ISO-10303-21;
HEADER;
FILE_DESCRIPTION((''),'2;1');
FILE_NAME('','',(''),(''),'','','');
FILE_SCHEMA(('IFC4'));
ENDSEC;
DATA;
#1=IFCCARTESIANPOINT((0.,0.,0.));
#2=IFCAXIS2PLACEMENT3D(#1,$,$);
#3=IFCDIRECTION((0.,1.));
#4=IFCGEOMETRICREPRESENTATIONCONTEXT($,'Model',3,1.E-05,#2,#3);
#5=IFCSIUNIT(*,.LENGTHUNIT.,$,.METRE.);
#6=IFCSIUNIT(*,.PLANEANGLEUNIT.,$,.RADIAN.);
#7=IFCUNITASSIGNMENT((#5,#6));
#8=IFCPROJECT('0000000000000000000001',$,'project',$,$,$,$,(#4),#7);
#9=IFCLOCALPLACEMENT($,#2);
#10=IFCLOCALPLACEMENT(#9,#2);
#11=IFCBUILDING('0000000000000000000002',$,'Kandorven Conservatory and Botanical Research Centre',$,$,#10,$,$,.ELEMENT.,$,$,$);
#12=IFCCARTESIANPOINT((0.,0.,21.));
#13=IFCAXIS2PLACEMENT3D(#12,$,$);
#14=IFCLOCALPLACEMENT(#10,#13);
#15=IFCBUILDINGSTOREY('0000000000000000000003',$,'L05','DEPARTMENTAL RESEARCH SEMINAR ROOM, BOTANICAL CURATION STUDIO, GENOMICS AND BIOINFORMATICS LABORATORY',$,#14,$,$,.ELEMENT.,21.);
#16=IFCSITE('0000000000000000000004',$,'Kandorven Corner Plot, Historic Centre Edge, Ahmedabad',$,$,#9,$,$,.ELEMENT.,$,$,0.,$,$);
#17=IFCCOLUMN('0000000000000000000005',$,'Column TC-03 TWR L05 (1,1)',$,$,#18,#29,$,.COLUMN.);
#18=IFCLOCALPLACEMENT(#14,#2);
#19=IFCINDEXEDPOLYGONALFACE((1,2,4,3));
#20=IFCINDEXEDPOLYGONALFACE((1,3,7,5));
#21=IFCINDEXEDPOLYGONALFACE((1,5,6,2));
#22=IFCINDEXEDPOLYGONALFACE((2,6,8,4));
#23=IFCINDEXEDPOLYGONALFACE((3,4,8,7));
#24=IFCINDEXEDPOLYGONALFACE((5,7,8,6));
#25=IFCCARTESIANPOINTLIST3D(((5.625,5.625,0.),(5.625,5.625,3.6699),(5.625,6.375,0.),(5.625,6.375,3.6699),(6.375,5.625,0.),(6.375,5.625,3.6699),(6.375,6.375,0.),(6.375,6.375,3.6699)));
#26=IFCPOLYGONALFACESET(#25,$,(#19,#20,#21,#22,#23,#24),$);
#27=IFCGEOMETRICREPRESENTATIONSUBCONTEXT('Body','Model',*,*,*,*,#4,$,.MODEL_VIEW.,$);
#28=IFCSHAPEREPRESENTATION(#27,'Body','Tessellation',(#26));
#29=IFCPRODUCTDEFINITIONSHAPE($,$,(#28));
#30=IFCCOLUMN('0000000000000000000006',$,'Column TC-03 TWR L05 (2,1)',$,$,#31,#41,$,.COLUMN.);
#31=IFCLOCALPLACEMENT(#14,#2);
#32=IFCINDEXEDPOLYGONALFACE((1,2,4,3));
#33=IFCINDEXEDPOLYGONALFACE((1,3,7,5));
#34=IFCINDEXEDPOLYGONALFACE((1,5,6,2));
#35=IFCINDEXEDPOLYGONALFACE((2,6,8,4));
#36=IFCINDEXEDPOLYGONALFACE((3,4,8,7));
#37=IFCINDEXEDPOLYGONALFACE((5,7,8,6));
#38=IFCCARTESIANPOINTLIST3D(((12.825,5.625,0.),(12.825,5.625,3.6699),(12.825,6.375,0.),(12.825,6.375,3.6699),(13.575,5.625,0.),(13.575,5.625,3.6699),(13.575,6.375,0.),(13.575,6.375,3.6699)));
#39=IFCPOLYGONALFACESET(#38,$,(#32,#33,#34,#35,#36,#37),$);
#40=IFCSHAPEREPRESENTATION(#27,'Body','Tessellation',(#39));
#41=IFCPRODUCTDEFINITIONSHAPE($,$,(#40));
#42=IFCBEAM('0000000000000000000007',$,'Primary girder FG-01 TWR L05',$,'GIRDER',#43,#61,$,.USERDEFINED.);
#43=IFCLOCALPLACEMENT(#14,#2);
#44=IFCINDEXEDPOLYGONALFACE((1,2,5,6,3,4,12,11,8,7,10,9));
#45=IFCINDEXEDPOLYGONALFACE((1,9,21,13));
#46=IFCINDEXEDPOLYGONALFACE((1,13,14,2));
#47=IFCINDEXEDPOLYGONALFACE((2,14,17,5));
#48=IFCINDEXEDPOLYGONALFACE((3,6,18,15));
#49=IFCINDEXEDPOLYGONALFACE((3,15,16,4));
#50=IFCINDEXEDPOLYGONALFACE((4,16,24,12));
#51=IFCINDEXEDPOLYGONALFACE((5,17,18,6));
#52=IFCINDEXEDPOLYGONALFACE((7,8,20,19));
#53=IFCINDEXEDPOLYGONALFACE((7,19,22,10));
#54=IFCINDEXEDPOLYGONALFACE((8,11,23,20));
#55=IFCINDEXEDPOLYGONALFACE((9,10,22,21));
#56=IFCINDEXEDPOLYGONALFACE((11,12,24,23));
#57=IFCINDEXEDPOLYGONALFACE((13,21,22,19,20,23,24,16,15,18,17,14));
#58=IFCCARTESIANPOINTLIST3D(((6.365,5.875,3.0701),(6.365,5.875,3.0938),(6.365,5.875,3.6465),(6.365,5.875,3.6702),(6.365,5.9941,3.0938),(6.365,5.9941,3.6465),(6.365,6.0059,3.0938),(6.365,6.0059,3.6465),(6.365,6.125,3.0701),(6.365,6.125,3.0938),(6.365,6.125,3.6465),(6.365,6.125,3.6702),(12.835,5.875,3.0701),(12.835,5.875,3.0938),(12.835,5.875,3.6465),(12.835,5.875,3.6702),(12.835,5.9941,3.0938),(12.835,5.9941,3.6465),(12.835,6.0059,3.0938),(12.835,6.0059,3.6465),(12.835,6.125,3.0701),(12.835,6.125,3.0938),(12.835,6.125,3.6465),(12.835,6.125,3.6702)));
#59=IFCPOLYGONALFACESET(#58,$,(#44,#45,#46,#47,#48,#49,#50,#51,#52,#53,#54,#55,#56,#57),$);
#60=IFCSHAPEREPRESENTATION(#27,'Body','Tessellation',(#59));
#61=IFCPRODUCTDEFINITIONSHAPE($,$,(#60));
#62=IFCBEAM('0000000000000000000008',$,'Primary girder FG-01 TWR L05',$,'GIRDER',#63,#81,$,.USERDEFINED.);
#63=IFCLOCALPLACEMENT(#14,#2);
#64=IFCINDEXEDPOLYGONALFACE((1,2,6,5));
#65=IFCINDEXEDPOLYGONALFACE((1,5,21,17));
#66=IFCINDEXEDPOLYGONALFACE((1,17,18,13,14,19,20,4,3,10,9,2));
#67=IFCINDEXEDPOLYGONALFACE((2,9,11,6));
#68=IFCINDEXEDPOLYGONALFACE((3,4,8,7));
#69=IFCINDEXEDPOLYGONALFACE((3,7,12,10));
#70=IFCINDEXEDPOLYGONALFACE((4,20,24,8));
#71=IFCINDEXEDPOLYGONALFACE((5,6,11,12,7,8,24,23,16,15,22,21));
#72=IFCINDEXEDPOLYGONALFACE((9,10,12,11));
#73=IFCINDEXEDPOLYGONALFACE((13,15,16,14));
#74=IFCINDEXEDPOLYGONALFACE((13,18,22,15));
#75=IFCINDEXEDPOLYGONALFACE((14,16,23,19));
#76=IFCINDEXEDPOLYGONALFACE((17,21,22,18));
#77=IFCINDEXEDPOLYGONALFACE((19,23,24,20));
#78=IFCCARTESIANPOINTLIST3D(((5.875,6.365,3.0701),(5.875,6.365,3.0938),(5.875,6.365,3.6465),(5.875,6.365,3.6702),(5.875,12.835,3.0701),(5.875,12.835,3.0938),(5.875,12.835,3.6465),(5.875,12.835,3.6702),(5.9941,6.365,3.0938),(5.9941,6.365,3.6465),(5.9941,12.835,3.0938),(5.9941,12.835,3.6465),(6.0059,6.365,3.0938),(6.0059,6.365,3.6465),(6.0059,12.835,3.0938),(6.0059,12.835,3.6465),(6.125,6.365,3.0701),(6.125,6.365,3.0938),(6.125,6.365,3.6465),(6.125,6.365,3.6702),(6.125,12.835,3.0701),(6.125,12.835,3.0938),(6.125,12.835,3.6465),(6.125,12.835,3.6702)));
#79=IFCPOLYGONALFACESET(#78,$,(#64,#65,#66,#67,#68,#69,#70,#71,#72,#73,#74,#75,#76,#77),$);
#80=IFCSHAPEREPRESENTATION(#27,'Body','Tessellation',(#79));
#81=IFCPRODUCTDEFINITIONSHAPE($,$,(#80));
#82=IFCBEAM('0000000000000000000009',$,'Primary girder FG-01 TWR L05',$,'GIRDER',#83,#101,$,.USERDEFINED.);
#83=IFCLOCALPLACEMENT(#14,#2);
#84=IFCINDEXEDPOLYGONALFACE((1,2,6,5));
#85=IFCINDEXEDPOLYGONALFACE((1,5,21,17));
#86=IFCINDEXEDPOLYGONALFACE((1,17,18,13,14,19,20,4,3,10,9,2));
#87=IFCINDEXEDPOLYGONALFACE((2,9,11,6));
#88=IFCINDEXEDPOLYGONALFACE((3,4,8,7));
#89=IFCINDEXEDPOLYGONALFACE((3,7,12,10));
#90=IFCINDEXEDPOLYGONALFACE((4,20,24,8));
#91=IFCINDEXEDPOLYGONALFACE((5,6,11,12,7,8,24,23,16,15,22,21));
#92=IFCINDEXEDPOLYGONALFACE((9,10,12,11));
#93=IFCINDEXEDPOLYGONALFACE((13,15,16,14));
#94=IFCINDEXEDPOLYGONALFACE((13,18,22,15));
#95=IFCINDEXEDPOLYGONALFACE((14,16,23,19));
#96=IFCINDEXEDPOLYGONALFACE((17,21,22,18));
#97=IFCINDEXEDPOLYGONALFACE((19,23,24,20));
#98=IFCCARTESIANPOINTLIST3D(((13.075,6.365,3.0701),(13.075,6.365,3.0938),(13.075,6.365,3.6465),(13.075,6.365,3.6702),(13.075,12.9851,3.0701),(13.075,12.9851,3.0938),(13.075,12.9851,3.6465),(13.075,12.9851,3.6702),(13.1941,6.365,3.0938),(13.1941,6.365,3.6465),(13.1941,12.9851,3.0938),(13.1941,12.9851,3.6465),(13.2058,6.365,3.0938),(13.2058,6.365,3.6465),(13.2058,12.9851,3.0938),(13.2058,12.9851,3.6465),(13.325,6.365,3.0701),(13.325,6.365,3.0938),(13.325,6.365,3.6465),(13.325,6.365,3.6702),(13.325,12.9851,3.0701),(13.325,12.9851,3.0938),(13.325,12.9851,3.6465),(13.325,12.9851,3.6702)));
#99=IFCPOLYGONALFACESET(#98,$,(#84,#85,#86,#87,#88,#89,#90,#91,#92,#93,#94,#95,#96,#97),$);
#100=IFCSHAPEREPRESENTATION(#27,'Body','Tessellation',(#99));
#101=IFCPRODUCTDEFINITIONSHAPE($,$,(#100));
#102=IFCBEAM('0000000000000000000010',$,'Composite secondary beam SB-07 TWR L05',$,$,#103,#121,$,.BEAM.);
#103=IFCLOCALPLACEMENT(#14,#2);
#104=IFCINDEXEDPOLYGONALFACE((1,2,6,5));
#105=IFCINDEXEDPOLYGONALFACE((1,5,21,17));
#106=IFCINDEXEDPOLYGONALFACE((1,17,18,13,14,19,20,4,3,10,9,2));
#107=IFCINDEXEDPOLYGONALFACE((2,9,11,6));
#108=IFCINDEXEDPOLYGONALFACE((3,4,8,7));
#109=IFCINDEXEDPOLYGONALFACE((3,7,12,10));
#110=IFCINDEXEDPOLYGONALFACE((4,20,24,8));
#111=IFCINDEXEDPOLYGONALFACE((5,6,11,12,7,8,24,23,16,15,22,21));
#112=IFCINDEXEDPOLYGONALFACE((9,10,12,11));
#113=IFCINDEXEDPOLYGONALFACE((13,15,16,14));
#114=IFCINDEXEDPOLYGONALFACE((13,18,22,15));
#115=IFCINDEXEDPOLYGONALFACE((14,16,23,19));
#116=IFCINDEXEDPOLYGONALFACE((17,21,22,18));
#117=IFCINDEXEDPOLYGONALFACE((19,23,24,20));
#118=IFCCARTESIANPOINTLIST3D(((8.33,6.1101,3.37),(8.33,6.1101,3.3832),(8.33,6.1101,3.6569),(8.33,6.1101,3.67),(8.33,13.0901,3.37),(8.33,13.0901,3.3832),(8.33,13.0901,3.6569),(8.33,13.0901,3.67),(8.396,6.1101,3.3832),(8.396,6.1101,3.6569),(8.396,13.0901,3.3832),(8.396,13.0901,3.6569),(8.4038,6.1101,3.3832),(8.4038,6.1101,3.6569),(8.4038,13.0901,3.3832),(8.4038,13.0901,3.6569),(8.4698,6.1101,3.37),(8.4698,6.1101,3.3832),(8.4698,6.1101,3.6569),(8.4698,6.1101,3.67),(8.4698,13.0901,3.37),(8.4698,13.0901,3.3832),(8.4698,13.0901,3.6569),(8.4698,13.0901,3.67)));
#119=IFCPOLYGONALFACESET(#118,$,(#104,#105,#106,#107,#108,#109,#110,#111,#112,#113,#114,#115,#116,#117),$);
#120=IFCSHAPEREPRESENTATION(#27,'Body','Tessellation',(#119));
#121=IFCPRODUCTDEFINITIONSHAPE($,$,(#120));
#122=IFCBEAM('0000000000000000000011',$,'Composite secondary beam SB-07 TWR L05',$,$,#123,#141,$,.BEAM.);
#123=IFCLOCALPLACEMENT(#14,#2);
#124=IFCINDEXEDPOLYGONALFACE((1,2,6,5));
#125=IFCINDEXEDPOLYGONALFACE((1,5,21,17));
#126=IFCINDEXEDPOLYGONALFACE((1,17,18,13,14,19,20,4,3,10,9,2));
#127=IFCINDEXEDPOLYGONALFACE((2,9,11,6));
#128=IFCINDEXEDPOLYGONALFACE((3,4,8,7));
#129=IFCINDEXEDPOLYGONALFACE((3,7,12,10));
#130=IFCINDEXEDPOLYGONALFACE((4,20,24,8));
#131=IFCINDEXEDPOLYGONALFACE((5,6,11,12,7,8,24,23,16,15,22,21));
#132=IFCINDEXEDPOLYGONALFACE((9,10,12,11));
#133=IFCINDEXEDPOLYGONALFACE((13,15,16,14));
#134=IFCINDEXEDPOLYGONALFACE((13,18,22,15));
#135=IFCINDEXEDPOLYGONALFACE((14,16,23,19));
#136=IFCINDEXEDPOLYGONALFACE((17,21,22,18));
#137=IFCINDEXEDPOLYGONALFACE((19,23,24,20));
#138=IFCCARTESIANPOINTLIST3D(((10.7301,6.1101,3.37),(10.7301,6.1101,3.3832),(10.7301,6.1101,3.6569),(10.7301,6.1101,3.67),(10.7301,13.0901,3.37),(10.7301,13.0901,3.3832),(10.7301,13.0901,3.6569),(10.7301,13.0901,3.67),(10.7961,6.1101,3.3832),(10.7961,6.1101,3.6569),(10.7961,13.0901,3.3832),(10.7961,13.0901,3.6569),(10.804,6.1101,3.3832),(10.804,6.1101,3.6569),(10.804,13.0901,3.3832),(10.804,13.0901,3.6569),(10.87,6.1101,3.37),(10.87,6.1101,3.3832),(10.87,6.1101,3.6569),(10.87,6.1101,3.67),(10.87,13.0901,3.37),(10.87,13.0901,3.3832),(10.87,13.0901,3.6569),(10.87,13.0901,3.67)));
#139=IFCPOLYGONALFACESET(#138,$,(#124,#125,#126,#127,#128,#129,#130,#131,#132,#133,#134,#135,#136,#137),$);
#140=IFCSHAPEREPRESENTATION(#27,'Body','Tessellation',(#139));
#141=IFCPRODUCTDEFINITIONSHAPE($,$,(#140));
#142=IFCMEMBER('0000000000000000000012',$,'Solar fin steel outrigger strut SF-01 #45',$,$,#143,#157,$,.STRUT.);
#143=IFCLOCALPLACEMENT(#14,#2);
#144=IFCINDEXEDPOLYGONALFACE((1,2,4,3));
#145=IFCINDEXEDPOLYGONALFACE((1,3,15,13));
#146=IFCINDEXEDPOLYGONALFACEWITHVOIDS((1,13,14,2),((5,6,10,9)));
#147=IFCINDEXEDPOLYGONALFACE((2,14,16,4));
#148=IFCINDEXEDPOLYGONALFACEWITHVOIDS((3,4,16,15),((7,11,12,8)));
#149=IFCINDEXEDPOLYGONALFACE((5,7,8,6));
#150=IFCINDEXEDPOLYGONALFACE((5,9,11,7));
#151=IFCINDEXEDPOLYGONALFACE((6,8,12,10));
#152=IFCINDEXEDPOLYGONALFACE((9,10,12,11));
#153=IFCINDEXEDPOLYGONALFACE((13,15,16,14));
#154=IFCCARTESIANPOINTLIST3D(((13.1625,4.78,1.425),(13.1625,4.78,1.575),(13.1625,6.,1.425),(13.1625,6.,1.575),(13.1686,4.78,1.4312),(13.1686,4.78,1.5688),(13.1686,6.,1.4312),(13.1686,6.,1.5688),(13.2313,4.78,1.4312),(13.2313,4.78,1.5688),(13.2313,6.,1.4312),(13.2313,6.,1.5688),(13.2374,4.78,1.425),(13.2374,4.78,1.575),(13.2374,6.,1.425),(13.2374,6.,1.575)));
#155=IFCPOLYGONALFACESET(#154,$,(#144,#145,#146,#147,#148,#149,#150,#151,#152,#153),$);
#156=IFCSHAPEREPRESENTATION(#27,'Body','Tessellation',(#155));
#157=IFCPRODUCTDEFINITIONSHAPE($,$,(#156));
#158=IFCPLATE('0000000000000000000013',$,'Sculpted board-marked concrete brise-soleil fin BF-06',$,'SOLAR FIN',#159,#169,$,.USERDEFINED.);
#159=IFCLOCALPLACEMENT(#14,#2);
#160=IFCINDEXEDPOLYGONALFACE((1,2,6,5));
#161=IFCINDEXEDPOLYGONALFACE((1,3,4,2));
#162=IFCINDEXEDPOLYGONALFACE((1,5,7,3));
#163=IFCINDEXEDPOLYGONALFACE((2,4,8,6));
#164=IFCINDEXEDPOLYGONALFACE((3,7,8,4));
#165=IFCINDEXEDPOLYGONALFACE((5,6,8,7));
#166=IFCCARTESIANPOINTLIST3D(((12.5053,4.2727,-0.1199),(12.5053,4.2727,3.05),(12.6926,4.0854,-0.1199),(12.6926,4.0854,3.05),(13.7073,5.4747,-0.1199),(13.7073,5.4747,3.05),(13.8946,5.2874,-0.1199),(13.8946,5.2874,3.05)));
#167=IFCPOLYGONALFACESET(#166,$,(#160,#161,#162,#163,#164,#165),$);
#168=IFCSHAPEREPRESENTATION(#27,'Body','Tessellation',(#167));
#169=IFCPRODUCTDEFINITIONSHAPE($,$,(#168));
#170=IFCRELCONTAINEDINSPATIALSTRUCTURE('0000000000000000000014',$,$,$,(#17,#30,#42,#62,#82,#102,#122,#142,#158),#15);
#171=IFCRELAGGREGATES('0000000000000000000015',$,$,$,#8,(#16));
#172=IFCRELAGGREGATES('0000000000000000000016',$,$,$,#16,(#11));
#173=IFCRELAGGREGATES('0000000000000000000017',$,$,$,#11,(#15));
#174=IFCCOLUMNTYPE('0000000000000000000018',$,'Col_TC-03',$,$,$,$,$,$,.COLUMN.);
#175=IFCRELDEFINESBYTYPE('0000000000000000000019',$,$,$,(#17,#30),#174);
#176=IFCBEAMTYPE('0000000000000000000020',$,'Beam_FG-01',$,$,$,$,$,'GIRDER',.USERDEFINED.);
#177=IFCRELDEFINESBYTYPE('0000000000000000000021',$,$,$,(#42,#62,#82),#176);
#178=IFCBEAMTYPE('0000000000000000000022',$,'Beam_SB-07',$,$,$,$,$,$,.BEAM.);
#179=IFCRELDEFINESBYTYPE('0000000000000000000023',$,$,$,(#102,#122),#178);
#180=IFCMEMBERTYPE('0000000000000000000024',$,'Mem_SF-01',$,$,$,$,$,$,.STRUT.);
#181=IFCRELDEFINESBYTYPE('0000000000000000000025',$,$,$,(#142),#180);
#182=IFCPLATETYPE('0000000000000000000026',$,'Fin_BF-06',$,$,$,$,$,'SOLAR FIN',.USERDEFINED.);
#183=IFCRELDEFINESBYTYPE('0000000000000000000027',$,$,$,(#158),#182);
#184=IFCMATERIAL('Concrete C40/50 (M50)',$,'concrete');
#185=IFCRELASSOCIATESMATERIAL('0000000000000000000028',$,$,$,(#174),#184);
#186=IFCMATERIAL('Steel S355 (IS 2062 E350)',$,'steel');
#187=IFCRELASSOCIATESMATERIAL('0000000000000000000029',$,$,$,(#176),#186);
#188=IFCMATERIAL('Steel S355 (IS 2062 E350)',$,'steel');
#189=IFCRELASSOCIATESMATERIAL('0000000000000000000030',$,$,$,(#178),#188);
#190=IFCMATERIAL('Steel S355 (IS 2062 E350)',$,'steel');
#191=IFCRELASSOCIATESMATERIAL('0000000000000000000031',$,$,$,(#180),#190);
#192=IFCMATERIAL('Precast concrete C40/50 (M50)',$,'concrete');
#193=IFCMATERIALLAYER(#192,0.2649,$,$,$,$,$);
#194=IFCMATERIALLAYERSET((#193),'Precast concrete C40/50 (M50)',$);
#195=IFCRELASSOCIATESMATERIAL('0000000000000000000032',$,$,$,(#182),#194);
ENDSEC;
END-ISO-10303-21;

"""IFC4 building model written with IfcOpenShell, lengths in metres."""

from ifc_helpers import new_model, si_unit, direction, frame, origin, origin_2d, place, context, subcontext, project, spatial, rectangle, hollow_rectangle, i_section, extrude, material, layer, layer_set, material_profile, profile_set, type_object, element, save


model = new_model("IFC4")

# Units and contexts
model_context = context("Model", 3, precision=1e-05, world=origin(), true_north=direction((0.0, 1.0)))
body_context = subcontext(model_context, "Body", "Model", "MODEL_VIEW")
ifc_project = project(units=[si_unit("LENGTHUNIT", "METRE"), si_unit("PLANEANGLEUNIT", "RADIAN")], contexts=[model_context])

# Site, building, storey
site_placement = place(None, origin())
site = spatial("IfcSite", under=ifc_project, at=site_placement, Name="Kandorven Corner Plot, Historic Centre Edge, Ahmedabad", CompositionType="ELEMENT", RefElevation=0.0)
building_placement = place(site_placement, origin())
building = spatial("IfcBuilding", under=site, at=building_placement, Name="Kandorven Conservatory and Botanical Research Centre", CompositionType="ELEMENT")
storey_placement = place(building_placement, frame((0.0, 0.0, 21.0)))
storey = spatial("IfcBuildingStorey", under=building, at=storey_placement, Name="L05", Description="DEPARTMENTAL RESEARCH SEMINAR ROOM, BOTANICAL CURATION STUDIO, GENOMICS AND BIOINFORMATICS LABORATORY", CompositionType="ELEMENT", Elevation=21.0)

# Columns
ifc_material_1 = material(Name="Concrete C40/50 (M50)", Category="concrete")
ifc_material_profile_1 = material_profile(ifc_material_1, rectangle(XDim=0.75, YDim=0.75, at=origin_2d()))
ifc_profile_set_1 = profile_set([ifc_material_profile_1], Name="Concrete C40/50 (M50)")
column_type = type_object("IfcColumnType", Name="Col_TC-03", PredefinedType="COLUMN", material=ifc_profile_set_1)
for number, where, z_axis, x_axis, name in (
    (1, (6.0, 6.0, 0.0), (0.0, 0.0, 1.0), (1.0, 0.0, 0.0), "Column TC-03 TWR L05 (1,1)"),
    (2, (13.2, 6.0, 0.0), (0.0, 0.0, 1.0), (1.0, 0.0, 0.0), "Column TC-03 TWR L05 (2,1)"),
):
    element("IfcColumn", number, at=place(storey_placement, frame(where, z_axis=z_axis, x_axis=x_axis)), inside=storey, type_object=column_type, Name=name, PredefinedType="COLUMN", context=body_context, shape_type="SweptSolid", body=[
        extrude(rectangle(XDim=0.75, YDim=0.75, at=origin_2d()), origin(), (0.0, 0.0, 1.0), 3.6699),
    ])

# Beams
ifc_material_2 = material(Name="Steel S355 (IS 2062 E350)", Category="steel")
ifc_material_profile_2 = material_profile(ifc_material_2, i_section(OverallWidth=0.25, OverallDepth=0.6001, WebThickness=0.0117, FlangeThickness=0.0237, at=origin_2d()))
ifc_profile_set_2 = profile_set([ifc_material_profile_2], Name="Steel S355 (IS 2062 E350)")
beam_type_1 = type_object("IfcBeamType", Name="Beam_FG-01", ElementType="GIRDER", PredefinedType="USERDEFINED", material=ifc_profile_set_2)
for number, where, z_axis, x_axis, name in (
    (3, (6.365, 6.0, 3.3701), (1.0, 0.0, 0.0), (0.0, 1.0, 0.0), "Primary girder FG-01 TWR L05"),
    (4, (6.0, 6.365, 3.3701), (0.0, 1.0, 0.0), (-1.0, 0.0, 0.0), "Primary girder FG-01 TWR L05"),
):
    element("IfcBeam", number, at=place(storey_placement, frame(where, z_axis=z_axis, x_axis=x_axis)), inside=storey, type_object=beam_type_1, Name=name, ObjectType="GIRDER", PredefinedType="USERDEFINED", context=body_context, shape_type="SweptSolid", body=[
        extrude(i_section(OverallWidth=0.25, OverallDepth=0.6001, WebThickness=0.0117, FlangeThickness=0.0237, at=origin_2d()), origin(), (0.0, 0.0, 1.0), 6.47),
    ])
beam_placement = place(storey_placement, frame((13.2, 6.365, 3.3701), z_axis=(0.0, 1.0, 0.0), x_axis=(-1.0, 0.0, 0.0)))
element("IfcBeam", 5, at=beam_placement, inside=storey, type_object=beam_type_1, Name="Primary girder FG-01 TWR L05", ObjectType="GIRDER", PredefinedType="USERDEFINED", context=body_context, shape_type="SweptSolid", body=[
    extrude(i_section(OverallWidth=0.25, OverallDepth=0.6001, WebThickness=0.0117, FlangeThickness=0.0237, at=origin_2d()), origin(), (0.0, 0.0, 1.0), 6.6201),
])
ifc_material_3 = material(Name="Steel S355 (IS 2062 E350)", Category="steel")
ifc_material_profile_3 = material_profile(ifc_material_3, i_section(OverallWidth=0.1399, OverallDepth=0.3, WebThickness=0.0078, FlangeThickness=0.0132, at=origin_2d()))
ifc_profile_set_3 = profile_set([ifc_material_profile_3], Name="Steel S355 (IS 2062 E350)")
beam_type_2 = type_object("IfcBeamType", Name="Beam_SB-07", PredefinedType="BEAM", material=ifc_profile_set_3)
for number, where, z_axis, x_axis, name in (
    (6, (8.3999, 6.1101, 3.52), (0.0, 1.0, 0.0), (-1.0, 0.0, 0.0), "Composite secondary beam SB-07 TWR L05"),
    (7, (10.8, 6.1101, 3.52), (0.0, 1.0, 0.0), (-1.0, 0.0, 0.0), "Composite secondary beam SB-07 TWR L05"),
):
    element("IfcBeam", number, at=place(storey_placement, frame(where, z_axis=z_axis, x_axis=x_axis)), inside=storey, type_object=beam_type_2, Name=name, PredefinedType="BEAM", context=body_context, shape_type="SweptSolid", body=[
        extrude(i_section(OverallWidth=0.1399, OverallDepth=0.3, WebThickness=0.0078, FlangeThickness=0.0132, at=origin_2d()), origin(), (0.0, 0.0, 1.0), 6.98),
    ])

# Member
ifc_material_4 = material(Name="Steel S355 (IS 2062 E350)", Category="steel")
ifc_material_profile_4 = material_profile(ifc_material_4, hollow_rectangle(XDim=0.075, YDim=0.1499, WallThickness=0.0061, at=origin_2d()))
ifc_profile_set_4 = profile_set([ifc_material_profile_4], Name="Steel S355 (IS 2062 E350)")
member_type = type_object("IfcMemberType", Name="Mem_SF-01", PredefinedType="STRUT", material=ifc_profile_set_4)
member_placement = place(storey_placement, frame((13.2, 6.0, 1.5), z_axis=(0.0, -1.0, 0.0), x_axis=(1.0, 0.0, 0.0)))
element("IfcMember", 8, at=member_placement, inside=storey, type_object=member_type, Name="Solar fin steel outrigger strut SF-01 #45", PredefinedType="STRUT", context=body_context, shape_type="SweptSolid", body=[
    extrude(hollow_rectangle(XDim=0.075, YDim=0.1499, WallThickness=0.0061, at=origin_2d()), origin(), (0.0, 0.0, 1.0), 1.22),
])

# Plate
ifc_material_5 = material(Name="Precast concrete C40/50 (M50)", Category="concrete")
ifc_layer_1 = layer(ifc_material_5, 0.2649)
ifc_layer_set_1 = layer_set([ifc_layer_1], Name="Precast concrete C40/50 (M50)")
plate_type = type_object("IfcPlateType", Name="Fin_BF-06", ElementType="SOLAR FIN", PredefinedType="USERDEFINED", material=ifc_layer_set_1)
plate_placement = place(storey_placement, frame((13.2, 4.78, -0.1199), z_axis=(0.0, 0.0, 1.0), x_axis=(0.707107, 0.707107, 0.0)))
element("IfcPlate", 9, at=plate_placement, inside=storey, type_object=plate_type, Name="Sculpted board-marked concrete brise-soleil fin BF-06", ObjectType="SOLAR FIN", PredefinedType="USERDEFINED", context=body_context, shape_type="SweptSolid", body=[
    extrude(rectangle(XDim=1.7, YDim=0.2649, at=origin_2d()), origin(), (0.0, 0.0, 1.0), 3.1699),
])

save(model, "model.ifc")
